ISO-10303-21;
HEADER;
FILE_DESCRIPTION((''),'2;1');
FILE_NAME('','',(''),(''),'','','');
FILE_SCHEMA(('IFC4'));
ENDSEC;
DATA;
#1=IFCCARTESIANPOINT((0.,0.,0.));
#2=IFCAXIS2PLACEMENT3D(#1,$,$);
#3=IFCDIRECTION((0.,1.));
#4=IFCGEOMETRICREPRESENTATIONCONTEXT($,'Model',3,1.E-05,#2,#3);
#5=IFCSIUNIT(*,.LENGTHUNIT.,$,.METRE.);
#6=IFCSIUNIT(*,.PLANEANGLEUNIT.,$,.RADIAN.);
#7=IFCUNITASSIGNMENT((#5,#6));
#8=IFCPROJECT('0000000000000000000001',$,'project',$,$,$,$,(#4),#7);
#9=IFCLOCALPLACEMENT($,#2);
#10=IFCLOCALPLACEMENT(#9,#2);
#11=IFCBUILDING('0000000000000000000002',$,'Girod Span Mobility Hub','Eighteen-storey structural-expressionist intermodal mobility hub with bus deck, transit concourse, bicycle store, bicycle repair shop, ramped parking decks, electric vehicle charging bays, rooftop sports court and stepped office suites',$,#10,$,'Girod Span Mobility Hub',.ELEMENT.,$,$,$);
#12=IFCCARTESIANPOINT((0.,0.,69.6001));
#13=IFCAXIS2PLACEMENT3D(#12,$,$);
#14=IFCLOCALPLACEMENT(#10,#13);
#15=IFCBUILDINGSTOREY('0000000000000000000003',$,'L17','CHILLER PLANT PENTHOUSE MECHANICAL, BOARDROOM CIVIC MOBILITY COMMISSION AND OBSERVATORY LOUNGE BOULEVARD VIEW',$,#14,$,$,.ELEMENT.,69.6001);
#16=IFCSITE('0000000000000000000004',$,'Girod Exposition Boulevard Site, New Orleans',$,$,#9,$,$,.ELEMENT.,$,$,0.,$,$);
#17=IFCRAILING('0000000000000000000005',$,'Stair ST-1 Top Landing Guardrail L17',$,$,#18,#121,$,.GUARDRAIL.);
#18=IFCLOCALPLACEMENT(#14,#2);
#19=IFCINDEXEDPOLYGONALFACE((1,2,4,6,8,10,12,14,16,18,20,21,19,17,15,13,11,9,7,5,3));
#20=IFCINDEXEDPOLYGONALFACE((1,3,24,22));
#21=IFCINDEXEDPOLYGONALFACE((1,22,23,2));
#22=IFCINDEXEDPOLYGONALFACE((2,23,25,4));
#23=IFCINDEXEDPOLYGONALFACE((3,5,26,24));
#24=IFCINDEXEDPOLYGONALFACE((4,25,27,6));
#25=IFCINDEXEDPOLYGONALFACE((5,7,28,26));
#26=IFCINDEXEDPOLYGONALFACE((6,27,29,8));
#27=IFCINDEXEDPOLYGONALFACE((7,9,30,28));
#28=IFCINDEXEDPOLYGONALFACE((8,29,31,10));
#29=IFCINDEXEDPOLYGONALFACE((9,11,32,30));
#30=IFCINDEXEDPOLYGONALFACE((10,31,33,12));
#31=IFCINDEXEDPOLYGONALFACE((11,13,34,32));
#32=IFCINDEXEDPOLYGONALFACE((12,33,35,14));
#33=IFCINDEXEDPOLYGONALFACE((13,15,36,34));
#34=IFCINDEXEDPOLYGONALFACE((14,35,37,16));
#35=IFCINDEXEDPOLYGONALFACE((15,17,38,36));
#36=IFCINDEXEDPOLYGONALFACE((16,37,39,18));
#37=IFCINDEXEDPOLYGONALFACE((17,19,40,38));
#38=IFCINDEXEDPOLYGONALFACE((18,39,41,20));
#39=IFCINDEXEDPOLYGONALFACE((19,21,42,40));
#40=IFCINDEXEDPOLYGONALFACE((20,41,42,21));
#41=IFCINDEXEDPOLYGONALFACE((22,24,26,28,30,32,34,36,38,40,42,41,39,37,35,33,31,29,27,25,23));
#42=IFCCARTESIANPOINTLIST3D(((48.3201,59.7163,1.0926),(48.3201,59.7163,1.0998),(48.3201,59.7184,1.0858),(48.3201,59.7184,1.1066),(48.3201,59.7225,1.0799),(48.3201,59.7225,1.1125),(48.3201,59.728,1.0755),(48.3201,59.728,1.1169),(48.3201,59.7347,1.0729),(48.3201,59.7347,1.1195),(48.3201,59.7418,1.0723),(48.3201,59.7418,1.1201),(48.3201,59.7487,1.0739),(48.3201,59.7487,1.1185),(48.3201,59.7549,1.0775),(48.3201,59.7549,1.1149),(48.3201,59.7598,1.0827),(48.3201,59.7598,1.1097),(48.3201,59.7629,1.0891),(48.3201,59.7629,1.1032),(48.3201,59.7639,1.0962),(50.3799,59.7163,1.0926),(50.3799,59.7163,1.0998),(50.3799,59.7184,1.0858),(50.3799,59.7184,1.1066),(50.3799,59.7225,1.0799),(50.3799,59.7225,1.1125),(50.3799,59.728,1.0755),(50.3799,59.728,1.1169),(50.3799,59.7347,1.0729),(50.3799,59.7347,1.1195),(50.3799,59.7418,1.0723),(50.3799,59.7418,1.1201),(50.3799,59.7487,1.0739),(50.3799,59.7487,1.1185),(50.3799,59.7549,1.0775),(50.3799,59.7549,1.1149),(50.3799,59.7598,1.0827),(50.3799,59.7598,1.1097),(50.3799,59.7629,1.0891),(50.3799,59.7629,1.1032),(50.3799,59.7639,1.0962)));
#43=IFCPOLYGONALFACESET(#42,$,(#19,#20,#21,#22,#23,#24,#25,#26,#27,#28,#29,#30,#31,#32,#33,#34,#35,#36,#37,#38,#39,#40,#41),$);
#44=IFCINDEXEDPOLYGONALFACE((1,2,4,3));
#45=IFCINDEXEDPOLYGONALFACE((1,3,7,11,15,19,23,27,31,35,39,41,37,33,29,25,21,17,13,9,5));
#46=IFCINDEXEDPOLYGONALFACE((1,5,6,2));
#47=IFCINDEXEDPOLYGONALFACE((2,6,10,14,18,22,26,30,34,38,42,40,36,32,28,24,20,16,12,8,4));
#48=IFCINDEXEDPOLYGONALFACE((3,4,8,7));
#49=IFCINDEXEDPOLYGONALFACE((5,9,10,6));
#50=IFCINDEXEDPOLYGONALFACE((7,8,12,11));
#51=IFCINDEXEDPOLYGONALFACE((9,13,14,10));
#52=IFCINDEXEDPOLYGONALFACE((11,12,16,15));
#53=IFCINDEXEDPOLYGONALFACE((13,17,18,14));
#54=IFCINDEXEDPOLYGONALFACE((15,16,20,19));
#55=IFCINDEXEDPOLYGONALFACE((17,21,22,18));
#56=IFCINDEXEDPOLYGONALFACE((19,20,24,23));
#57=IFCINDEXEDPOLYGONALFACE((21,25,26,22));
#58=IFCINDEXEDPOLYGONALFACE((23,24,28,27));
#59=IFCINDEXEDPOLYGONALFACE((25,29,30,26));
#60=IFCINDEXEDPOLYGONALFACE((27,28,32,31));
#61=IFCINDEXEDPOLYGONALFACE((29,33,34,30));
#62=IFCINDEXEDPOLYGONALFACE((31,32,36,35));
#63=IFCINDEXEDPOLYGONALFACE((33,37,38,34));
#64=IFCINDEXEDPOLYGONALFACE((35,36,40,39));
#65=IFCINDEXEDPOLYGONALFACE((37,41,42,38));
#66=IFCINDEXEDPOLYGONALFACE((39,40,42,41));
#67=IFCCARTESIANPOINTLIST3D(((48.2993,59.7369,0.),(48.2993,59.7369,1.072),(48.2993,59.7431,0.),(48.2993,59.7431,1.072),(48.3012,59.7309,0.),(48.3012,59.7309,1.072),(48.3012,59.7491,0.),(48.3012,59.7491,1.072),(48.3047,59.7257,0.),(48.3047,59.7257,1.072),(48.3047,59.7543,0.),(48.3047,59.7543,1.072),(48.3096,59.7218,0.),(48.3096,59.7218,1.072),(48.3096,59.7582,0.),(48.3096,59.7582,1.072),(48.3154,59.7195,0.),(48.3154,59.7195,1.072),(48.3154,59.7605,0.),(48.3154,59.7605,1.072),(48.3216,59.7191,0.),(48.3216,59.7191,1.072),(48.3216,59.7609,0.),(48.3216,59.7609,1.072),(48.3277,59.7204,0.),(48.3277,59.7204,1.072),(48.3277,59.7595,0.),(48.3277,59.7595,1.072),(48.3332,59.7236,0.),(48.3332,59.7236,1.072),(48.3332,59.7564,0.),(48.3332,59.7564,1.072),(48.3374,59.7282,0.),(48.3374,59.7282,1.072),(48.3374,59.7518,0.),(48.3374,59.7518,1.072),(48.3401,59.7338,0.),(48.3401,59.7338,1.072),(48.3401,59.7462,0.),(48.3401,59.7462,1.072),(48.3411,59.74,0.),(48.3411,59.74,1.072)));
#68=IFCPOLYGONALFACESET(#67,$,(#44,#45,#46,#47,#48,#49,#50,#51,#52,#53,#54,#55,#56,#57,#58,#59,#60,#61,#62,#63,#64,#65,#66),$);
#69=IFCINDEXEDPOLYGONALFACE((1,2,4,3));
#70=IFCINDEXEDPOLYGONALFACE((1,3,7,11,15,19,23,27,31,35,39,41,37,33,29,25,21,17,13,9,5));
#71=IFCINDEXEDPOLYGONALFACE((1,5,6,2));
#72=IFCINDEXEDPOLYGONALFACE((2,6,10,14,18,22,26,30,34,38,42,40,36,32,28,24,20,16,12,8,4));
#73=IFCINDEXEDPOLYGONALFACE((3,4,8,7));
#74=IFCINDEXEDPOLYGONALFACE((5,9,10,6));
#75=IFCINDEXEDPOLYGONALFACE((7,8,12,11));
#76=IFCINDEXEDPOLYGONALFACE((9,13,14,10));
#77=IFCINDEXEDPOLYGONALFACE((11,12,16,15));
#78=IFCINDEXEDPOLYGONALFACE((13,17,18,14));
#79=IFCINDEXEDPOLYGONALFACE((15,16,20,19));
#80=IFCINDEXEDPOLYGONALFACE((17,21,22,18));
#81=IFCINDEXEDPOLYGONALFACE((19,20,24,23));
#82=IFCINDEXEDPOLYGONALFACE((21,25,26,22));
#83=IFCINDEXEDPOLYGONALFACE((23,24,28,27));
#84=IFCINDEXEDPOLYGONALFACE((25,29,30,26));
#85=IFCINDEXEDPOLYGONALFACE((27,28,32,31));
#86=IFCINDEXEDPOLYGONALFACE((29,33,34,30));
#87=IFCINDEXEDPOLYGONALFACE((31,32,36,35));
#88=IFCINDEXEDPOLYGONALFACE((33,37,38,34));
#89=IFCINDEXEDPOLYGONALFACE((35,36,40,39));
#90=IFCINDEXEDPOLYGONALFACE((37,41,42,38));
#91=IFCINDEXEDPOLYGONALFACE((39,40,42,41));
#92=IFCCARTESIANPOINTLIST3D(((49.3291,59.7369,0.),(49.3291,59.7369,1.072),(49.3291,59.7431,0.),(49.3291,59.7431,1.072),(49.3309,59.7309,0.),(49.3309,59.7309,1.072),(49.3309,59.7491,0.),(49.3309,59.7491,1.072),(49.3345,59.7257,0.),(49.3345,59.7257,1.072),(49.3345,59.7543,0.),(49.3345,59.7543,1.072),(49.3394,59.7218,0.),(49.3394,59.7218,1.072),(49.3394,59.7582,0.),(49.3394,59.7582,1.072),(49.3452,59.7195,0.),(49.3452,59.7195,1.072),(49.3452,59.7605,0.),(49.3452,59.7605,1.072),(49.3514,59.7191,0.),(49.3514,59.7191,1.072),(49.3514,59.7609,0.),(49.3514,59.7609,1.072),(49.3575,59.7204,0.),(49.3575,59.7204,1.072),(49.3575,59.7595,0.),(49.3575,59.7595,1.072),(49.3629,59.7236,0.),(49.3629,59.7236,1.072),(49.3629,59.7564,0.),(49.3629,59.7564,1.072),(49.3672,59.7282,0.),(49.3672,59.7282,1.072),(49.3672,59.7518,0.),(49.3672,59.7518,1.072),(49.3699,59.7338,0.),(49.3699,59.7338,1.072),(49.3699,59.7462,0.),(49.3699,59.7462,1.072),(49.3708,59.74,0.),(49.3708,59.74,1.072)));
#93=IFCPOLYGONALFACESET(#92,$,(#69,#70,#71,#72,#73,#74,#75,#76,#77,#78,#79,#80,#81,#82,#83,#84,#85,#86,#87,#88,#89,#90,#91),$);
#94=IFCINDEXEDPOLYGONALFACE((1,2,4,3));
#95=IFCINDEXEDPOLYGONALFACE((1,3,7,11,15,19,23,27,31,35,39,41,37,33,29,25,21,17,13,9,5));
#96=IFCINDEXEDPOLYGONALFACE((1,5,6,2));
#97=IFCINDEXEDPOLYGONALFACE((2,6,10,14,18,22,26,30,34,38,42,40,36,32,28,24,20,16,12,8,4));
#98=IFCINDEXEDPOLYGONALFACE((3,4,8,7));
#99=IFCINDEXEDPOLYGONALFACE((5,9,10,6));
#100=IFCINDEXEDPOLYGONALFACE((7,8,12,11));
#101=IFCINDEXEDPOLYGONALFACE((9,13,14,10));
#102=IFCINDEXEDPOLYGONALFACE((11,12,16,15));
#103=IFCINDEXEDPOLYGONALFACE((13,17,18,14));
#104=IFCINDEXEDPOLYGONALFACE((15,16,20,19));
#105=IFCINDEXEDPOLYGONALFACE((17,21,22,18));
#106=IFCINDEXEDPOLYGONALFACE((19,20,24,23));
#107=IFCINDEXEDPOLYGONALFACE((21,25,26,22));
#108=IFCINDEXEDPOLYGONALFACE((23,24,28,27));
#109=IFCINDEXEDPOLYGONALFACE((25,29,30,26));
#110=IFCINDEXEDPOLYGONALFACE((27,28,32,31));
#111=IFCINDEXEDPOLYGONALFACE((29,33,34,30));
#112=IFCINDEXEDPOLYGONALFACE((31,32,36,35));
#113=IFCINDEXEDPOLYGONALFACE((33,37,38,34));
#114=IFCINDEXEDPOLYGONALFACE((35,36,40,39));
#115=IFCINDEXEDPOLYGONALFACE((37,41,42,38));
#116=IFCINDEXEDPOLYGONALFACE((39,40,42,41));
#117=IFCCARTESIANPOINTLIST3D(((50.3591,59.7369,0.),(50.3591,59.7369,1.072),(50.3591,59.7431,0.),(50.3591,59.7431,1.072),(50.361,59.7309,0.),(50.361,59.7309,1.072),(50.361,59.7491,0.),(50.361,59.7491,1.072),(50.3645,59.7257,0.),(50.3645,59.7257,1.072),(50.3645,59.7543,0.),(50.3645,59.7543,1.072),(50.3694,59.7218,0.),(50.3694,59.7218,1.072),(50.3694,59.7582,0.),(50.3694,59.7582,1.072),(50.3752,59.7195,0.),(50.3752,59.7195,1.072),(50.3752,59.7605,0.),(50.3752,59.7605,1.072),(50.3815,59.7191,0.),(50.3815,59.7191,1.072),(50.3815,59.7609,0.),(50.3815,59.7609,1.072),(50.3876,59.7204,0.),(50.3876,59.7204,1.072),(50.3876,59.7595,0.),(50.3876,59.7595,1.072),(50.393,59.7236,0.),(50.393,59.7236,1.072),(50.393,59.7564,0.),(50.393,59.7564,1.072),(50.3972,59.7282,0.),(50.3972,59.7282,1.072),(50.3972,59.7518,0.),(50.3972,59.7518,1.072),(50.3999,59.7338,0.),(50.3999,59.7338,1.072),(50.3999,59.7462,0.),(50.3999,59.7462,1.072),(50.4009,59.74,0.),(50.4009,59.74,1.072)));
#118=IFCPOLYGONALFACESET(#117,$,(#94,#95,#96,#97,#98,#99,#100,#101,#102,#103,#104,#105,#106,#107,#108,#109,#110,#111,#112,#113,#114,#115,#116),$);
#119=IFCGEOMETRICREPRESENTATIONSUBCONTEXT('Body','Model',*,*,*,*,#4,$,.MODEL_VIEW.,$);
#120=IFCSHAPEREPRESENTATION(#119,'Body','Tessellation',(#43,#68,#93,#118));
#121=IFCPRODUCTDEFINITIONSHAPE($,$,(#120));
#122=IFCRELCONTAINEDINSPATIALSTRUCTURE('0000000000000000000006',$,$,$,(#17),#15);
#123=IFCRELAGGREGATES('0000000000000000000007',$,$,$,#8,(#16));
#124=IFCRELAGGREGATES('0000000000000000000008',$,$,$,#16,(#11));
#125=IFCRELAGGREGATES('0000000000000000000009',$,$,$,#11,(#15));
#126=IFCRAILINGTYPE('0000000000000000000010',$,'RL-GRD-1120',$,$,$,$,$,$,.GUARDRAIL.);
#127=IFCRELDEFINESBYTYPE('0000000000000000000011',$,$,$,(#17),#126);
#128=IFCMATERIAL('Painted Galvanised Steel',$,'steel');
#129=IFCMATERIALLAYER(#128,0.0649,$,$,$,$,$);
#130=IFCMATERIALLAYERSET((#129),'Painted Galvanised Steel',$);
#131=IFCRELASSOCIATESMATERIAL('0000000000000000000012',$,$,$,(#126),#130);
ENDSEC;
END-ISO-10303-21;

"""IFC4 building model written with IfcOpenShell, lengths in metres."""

from ifc_helpers import new_model, si_unit, direction, frame, origin, origin_2d, place, context, subcontext, project, spatial, circle, extrude, material, layer, layer_set, type_object, element, save


model = new_model("IFC4")

# Units and contexts
model_context = context("Model", 3, precision=1e-05, world=origin(), true_north=direction((0.0, 1.0)))
body_context = subcontext(model_context, "Body", "Model", "MODEL_VIEW")
ifc_project = project(units=[si_unit("LENGTHUNIT", "METRE"), si_unit("PLANEANGLEUNIT", "RADIAN")], contexts=[model_context])

# Site, building, storey
site_placement = place(None, origin())
site = spatial("IfcSite", under=ifc_project, at=site_placement, Name="Girod Exposition Boulevard Site, New Orleans", CompositionType="ELEMENT", RefElevation=0.0)
building_placement = place(site_placement, origin())
building = spatial("IfcBuilding", under=site, at=building_placement, Name="Girod Span Mobility Hub", Description="Eighteen-storey structural-expressionist intermodal mobility hub with bus deck, transit concourse, bicycle store, bicycle repair shop, ramped parking decks, electric vehicle charging bays, rooftop sports court and stepped office suites", LongName="Girod Span Mobility Hub", CompositionType="ELEMENT")
storey_placement = place(building_placement, frame((0.0, 0.0, 69.6001)))
storey = spatial("IfcBuildingStorey", under=building, at=storey_placement, Name="L17", Description="CHILLER PLANT PENTHOUSE MECHANICAL, BOARDROOM CIVIC MOBILITY COMMISSION AND OBSERVATORY LOUNGE BOULEVARD VIEW", CompositionType="ELEMENT", Elevation=69.6001)

# Railing
ifc_material_1 = material(Name="Painted Galvanised Steel", Category="steel")
ifc_layer_1 = layer(ifc_material_1, 0.0649)
ifc_layer_set_1 = layer_set([ifc_layer_1], Name="Painted Galvanised Steel")
railing_type = type_object("IfcRailingType", Name="RL-GRD-1120", PredefinedType="GUARDRAIL", material=ifc_layer_set_1)
railing_placement = place(storey_placement, frame((48.3201, 59.74, 0.0)))
element("IfcRailing", 1, at=railing_placement, inside=storey, type_object=railing_type, Name="Stair ST-1 Top Landing Guardrail L17", PredefinedType="GUARDRAIL", context=body_context, shape_type="SweptSolid", body=[
    extrude(circle(Radius=0.0239, at=origin_2d()), frame((0.0, 0.0, 1.0962), z_axis=(1.0, 0.0, 0.0), x_axis=(0.0, 1.0, 0.0)), (0.0, 0.0, 1.0), 2.0598),
    extrude(circle(Radius=0.021, at=origin_2d()), origin(), (0.0, 0.0, 1.0), 1.072),
    extrude(circle(Radius=0.021, at=origin_2d()), frame((1.0298, 0.0, 0.0)), (0.0, 0.0, 1.0), 1.072),
    extrude(circle(Radius=0.021, at=origin_2d()), frame((2.0598, 0.0, 0.0)), (0.0, 0.0, 1.0), 1.072),
])

save(model, "model.ifc")
